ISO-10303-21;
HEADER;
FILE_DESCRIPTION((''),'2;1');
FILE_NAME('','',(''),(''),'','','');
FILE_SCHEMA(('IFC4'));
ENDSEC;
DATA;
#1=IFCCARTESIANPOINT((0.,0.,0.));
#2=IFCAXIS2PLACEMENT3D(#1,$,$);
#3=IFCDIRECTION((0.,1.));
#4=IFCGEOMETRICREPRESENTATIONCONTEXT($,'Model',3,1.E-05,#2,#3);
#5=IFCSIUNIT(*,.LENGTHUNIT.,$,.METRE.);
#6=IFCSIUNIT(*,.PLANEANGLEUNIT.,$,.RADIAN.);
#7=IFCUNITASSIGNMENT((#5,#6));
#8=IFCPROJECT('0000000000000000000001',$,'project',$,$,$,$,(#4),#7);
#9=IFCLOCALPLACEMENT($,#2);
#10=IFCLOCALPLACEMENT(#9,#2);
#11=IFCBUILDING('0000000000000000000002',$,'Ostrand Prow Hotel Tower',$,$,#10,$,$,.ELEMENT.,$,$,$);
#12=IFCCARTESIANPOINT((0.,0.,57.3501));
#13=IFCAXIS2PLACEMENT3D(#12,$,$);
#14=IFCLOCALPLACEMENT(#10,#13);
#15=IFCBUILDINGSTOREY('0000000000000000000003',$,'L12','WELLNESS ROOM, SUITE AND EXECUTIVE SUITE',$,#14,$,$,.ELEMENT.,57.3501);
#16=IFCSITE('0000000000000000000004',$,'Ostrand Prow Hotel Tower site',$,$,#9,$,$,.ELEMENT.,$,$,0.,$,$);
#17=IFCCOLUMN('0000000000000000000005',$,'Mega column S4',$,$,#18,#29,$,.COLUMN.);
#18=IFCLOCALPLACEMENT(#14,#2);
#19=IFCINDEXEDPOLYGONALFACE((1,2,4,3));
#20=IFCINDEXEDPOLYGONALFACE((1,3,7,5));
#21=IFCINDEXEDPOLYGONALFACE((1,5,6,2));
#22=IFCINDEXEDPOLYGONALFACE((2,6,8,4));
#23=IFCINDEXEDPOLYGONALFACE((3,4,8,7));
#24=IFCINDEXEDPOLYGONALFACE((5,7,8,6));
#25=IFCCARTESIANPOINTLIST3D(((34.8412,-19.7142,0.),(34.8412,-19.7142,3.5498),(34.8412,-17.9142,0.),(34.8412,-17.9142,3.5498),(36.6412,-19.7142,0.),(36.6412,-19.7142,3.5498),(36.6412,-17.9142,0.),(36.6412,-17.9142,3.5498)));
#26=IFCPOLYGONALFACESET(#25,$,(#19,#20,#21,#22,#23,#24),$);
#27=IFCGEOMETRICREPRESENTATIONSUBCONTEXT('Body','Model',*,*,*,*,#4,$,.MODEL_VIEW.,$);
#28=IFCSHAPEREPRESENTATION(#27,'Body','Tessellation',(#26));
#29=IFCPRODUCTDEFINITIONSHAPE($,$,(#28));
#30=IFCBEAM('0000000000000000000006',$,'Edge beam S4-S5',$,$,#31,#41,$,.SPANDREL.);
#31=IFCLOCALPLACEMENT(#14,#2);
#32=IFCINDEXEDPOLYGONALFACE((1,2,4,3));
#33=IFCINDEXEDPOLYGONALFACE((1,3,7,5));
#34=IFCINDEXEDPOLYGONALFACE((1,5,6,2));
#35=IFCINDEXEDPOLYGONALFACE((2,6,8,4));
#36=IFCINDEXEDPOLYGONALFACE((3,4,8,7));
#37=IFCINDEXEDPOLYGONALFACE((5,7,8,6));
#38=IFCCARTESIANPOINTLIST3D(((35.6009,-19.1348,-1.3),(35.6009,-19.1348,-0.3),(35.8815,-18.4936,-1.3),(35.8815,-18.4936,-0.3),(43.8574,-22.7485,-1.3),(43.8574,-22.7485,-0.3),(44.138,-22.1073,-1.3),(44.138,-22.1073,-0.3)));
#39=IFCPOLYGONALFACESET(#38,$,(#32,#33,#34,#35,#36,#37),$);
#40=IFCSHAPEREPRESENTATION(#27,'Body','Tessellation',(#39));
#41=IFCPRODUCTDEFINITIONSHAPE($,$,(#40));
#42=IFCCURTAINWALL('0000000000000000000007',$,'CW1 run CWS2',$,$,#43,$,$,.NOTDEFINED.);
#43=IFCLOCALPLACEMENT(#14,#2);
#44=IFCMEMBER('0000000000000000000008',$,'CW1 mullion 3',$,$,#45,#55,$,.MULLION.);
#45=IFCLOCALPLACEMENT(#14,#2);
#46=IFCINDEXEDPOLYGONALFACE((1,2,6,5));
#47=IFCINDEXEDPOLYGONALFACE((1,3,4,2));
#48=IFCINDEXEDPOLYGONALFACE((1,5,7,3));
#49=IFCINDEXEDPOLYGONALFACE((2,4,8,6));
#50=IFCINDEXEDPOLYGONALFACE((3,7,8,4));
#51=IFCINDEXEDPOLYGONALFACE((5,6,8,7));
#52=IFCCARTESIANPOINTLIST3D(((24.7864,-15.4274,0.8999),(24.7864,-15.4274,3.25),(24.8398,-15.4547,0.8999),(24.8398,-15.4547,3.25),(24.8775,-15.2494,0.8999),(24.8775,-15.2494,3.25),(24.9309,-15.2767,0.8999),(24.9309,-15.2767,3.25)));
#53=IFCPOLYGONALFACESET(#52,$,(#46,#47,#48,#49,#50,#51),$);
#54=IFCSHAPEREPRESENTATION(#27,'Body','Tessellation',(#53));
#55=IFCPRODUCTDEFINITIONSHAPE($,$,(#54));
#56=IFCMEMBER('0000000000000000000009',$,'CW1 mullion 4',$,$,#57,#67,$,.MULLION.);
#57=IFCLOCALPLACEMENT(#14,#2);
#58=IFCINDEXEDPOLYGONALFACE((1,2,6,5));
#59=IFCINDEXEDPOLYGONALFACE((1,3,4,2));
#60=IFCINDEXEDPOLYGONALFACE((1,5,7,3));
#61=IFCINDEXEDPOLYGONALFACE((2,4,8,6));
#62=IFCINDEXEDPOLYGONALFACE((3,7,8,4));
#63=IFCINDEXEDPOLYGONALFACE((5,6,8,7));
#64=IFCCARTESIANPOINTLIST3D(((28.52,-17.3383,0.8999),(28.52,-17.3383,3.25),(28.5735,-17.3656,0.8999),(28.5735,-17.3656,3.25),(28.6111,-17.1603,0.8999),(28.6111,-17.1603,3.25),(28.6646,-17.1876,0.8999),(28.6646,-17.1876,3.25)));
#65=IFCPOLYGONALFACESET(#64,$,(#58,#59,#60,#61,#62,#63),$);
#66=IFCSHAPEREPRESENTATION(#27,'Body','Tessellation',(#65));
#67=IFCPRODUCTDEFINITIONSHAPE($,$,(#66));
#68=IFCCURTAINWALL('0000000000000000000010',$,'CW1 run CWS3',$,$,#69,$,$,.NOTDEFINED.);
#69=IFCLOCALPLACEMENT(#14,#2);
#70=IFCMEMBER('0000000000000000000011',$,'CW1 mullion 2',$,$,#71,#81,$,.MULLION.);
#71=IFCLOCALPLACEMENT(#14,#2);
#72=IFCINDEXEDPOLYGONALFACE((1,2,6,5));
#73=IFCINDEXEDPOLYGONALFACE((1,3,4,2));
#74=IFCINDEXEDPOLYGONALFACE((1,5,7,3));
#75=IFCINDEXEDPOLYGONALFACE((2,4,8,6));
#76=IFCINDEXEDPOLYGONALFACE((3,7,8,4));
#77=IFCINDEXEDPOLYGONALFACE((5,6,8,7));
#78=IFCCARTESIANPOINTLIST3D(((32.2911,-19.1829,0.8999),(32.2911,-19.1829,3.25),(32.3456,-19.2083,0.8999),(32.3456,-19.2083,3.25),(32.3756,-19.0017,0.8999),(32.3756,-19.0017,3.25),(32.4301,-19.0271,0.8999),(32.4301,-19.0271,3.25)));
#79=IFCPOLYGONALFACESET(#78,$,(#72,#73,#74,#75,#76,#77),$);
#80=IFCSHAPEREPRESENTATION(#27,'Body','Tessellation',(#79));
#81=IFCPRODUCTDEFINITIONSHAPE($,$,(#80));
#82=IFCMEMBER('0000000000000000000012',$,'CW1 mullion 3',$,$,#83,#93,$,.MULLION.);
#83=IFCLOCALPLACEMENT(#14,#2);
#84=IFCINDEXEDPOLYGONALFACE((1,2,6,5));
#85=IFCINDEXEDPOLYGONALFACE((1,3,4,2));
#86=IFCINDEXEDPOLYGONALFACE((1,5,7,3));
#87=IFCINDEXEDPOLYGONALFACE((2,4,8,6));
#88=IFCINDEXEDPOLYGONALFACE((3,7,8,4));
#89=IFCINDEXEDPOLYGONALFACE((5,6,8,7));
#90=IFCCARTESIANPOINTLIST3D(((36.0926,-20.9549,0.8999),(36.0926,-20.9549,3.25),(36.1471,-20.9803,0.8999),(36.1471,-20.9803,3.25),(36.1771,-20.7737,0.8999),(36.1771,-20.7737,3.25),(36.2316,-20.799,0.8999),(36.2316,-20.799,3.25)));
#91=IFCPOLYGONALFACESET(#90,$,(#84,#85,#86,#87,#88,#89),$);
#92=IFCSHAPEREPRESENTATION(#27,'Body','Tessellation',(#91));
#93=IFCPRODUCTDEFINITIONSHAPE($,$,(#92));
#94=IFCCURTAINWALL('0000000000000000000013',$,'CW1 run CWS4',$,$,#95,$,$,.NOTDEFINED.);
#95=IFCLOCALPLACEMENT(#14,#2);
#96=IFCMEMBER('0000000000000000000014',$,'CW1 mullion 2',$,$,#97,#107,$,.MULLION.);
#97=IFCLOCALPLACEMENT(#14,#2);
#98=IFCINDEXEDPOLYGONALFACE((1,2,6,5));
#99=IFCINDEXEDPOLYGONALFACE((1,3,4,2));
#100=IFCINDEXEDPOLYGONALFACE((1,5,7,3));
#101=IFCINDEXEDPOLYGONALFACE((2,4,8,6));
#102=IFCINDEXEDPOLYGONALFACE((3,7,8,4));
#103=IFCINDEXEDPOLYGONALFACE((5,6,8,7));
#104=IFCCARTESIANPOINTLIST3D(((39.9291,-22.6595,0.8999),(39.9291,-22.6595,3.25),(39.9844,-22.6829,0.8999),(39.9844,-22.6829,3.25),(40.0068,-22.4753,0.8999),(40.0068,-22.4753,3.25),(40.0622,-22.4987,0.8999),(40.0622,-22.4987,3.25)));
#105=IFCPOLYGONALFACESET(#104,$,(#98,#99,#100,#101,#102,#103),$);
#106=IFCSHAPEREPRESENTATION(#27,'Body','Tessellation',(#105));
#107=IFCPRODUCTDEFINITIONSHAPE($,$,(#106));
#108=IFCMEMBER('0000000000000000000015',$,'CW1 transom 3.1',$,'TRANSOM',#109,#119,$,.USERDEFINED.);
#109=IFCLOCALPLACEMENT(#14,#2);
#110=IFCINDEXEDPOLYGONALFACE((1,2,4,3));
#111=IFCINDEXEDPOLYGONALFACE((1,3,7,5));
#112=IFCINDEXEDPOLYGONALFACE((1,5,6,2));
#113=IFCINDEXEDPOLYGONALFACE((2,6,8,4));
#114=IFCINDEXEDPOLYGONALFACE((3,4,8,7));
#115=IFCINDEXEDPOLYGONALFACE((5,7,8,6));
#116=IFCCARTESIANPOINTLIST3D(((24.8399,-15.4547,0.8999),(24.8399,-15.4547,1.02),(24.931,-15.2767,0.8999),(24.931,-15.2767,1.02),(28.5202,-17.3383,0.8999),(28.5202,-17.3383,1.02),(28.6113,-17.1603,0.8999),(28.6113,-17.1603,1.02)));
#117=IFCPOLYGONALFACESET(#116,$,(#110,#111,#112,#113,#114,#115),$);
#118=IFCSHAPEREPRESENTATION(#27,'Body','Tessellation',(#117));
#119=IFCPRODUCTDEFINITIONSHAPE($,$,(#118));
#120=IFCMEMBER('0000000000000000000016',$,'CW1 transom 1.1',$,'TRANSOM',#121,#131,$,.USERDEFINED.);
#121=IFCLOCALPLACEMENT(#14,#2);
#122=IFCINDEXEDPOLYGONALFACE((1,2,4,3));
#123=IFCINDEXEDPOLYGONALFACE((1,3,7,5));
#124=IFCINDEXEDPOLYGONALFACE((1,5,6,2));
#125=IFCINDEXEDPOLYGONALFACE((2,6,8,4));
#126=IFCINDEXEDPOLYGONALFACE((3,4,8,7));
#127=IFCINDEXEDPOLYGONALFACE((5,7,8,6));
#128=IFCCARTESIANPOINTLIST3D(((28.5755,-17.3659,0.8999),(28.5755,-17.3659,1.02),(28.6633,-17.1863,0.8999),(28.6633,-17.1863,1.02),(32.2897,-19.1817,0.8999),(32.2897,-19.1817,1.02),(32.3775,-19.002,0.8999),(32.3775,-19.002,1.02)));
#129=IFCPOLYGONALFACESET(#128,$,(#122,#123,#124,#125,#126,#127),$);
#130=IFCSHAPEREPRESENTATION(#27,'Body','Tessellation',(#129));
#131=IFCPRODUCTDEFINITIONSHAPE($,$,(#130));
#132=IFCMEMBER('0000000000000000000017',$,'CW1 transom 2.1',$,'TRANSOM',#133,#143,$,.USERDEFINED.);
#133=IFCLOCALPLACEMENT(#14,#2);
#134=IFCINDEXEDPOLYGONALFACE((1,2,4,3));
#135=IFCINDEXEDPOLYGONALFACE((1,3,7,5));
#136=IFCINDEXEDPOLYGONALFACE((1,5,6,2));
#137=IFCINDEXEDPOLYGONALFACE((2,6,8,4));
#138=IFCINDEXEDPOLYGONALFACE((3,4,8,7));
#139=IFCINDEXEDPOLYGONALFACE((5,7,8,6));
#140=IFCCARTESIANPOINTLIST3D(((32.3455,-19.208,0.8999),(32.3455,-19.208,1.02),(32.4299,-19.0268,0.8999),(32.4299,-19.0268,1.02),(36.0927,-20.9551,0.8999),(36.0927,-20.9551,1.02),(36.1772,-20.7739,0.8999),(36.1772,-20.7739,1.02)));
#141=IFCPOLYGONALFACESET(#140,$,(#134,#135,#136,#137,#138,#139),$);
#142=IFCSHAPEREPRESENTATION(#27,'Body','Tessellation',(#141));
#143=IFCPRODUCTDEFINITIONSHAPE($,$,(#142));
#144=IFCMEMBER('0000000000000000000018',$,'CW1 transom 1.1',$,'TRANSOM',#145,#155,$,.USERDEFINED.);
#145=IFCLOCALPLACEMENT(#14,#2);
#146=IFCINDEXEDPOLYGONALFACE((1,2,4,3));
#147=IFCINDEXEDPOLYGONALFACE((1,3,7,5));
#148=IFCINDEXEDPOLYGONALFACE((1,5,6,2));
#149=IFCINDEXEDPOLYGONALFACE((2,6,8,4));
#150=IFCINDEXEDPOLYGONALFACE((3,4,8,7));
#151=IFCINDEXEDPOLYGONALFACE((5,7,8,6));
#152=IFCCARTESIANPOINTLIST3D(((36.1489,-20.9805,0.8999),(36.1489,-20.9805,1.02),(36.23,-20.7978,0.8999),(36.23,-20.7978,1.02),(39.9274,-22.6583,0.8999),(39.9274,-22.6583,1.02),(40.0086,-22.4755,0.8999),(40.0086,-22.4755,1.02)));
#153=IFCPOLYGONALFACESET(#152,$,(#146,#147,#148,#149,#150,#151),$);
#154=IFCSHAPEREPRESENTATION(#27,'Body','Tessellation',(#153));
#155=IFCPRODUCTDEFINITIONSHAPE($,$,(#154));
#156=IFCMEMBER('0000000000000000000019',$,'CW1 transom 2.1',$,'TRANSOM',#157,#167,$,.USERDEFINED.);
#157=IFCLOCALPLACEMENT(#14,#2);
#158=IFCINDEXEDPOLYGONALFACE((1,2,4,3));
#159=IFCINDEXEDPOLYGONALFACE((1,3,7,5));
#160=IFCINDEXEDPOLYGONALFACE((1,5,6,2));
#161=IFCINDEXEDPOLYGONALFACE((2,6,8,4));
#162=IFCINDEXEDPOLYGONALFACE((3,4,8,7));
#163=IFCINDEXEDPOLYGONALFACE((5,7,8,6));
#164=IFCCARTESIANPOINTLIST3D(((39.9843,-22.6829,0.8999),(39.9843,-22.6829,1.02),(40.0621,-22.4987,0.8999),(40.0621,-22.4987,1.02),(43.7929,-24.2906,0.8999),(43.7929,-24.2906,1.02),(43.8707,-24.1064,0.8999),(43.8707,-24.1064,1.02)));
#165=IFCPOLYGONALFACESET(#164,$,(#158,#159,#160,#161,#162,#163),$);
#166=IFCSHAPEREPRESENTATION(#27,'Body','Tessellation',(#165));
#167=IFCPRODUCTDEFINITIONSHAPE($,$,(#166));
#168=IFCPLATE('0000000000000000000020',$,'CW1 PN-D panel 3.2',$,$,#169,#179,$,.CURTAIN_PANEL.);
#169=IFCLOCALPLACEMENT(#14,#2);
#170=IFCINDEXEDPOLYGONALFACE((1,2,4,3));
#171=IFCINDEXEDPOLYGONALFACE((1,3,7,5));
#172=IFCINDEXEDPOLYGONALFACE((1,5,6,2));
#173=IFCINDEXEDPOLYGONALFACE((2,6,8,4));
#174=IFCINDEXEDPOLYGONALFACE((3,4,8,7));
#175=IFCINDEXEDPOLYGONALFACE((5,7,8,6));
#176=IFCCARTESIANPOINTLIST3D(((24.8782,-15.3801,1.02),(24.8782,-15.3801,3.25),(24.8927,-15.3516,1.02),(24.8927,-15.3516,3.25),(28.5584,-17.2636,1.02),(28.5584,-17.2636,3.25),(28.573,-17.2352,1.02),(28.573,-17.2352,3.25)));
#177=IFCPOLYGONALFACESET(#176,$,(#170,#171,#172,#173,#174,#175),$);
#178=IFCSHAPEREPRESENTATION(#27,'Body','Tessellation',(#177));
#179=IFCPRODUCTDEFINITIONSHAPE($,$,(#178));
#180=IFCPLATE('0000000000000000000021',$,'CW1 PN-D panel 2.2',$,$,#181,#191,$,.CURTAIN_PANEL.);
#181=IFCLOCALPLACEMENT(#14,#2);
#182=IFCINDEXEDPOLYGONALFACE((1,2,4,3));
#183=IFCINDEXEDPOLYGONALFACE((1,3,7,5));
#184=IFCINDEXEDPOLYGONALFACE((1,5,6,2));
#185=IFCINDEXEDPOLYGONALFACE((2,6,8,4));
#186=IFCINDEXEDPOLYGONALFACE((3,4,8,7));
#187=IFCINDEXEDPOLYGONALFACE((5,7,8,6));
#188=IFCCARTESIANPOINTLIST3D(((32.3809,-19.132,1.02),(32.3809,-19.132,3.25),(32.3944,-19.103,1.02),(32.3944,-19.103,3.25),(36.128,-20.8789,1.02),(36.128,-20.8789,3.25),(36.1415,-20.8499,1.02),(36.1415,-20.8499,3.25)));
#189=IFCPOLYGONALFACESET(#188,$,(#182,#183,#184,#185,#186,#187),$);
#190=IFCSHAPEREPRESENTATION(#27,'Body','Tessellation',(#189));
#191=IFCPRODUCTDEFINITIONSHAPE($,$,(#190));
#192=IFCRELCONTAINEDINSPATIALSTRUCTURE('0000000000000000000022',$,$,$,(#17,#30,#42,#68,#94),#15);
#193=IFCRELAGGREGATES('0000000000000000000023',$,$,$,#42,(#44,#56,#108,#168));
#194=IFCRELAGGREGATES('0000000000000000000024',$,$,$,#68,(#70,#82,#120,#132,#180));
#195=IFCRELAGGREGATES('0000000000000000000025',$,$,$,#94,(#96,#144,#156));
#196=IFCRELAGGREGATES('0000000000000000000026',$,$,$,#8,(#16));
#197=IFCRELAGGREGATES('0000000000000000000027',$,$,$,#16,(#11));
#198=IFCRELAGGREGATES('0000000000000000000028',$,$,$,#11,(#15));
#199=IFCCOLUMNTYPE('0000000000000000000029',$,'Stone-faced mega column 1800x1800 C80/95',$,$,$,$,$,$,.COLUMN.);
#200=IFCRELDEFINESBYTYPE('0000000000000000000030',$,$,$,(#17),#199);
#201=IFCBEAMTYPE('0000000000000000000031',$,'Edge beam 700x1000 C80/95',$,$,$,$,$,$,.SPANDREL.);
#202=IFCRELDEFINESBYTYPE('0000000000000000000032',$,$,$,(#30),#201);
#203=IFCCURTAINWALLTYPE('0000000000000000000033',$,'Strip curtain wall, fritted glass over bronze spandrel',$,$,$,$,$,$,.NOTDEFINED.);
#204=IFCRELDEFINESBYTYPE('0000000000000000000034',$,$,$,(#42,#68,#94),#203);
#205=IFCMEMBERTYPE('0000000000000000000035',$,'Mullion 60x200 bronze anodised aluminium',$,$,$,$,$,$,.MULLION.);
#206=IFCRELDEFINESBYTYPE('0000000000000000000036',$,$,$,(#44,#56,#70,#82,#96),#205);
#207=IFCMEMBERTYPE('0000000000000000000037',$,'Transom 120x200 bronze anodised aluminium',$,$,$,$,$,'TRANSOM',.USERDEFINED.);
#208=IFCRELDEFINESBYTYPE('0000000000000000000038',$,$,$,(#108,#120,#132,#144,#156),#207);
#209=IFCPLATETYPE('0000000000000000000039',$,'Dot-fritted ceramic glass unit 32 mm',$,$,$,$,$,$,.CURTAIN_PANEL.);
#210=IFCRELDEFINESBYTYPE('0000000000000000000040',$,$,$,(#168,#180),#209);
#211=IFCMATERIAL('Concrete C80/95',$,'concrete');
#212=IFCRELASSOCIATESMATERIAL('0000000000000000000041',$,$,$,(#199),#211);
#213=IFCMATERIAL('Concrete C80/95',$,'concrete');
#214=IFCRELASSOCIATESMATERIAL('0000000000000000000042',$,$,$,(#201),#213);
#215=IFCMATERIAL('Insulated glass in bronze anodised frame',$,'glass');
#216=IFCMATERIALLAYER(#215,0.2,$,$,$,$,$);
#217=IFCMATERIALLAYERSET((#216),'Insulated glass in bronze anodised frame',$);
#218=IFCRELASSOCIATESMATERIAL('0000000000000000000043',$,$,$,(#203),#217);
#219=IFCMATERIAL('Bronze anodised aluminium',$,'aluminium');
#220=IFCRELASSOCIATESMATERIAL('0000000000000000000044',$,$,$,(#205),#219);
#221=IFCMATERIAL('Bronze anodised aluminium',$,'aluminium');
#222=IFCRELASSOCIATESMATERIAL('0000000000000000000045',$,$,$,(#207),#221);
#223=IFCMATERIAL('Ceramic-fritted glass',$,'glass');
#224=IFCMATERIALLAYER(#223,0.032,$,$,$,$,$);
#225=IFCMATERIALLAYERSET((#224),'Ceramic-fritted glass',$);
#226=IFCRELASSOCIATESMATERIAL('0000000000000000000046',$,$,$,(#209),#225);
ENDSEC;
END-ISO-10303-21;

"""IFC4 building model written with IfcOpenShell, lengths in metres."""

from ifc_helpers import new_model, si_unit, direction, frame, origin, origin_2d, place, context, subcontext, project, spatial, rectangle, extrude, material, layer, layer_set, material_profile, profile_set, type_object, element, aggregate, save


model = new_model("IFC4")

# Units and contexts
model_context = context("Model", 3, precision=1e-05, world=origin(), true_north=direction((0.0, 1.0)))
body_context = subcontext(model_context, "Body", "Model", "MODEL_VIEW")
ifc_project = project(units=[si_unit("LENGTHUNIT", "METRE"), si_unit("PLANEANGLEUNIT", "RADIAN")], contexts=[model_context])

# Site, building, storey
site_placement = place(None, origin())
site = spatial("IfcSite", under=ifc_project, at=site_placement, Name="Ostrand Prow Hotel Tower site", CompositionType="ELEMENT", RefElevation=0.0)
building_placement = place(site_placement, origin())
building = spatial("IfcBuilding", under=site, at=building_placement, Name="Ostrand Prow Hotel Tower", CompositionType="ELEMENT")
storey_placement = place(building_placement, frame((0.0, 0.0, 57.3501)))
storey = spatial("IfcBuildingStorey", under=building, at=storey_placement, Name="L12", Description="WELLNESS ROOM, SUITE AND EXECUTIVE SUITE", CompositionType="ELEMENT", Elevation=57.3501)

# Column
ifc_material_1 = material(Name="Concrete C80/95", Category="concrete")
ifc_material_profile_1 = material_profile(ifc_material_1, rectangle(XDim=1.8, YDim=1.8, at=origin_2d()), Name="RC 1800x1800")
ifc_profile_set_1 = profile_set([ifc_material_profile_1], Name="Concrete C80/95")
column_type = type_object("IfcColumnType", Name="Stone-faced mega column 1800x1800 C80/95", PredefinedType="COLUMN", material=ifc_profile_set_1)
column_placement = place(storey_placement, frame((35.7412, -18.8142, 0.0), z_axis=(0.0, 0.0, 1.0), x_axis=(1.0, 0.0, 0.0)))
element("IfcColumn", 1, at=column_placement, inside=storey, type_object=column_type, Name="Mega column S4", PredefinedType="COLUMN", context=body_context, shape_type="SweptSolid", body=[
    extrude(rectangle(XDim=1.8, YDim=1.8, at=origin_2d()), origin(), (0.0, 0.0, 1.0), 3.5498),
])

# Beam
ifc_material_2 = material(Name="Concrete C80/95", Category="concrete")
ifc_material_profile_2 = material_profile(ifc_material_2, rectangle(XDim=0.7, YDim=1.0, at=origin_2d()), Name="RC 700x1000")
ifc_profile_set_2 = profile_set([ifc_material_profile_2], Name="Concrete C80/95")
beam_type = type_object("IfcBeamType", Name="Edge beam 700x1000 C80/95", PredefinedType="SPANDREL", material=ifc_profile_set_2)
beam_placement = place(storey_placement, frame((35.7412, -18.8142, -0.8), z_axis=(0.916096, -0.40096, 0.0), x_axis=(0.40096, 0.916096, 0.0)))
element("IfcBeam", 2, at=beam_placement, inside=storey, type_object=beam_type, Name="Edge beam S4-S5", PredefinedType="SPANDREL", context=body_context, shape_type="SweptSolid", body=[
    extrude(rectangle(XDim=0.7, YDim=1.0, at=origin_2d()), origin(), (0.0, 0.0, 1.0), 9.0127),
])

# Curtain walls, members
ifc_material_3 = material(Name="Insulated glass in bronze anodised frame", Category="glass")
ifc_layer_1 = layer(ifc_material_3, 0.2)
ifc_layer_set_1 = layer_set([ifc_layer_1], Name="Insulated glass in bronze anodised frame")
curtain_wall_type = type_object("IfcCurtainWallType", Name="Strip curtain wall, fritted glass over bronze spandrel", PredefinedType="NOTDEFINED", material=ifc_layer_set_1)
curtain_wall_1_placement = place(storey_placement, origin())
curtain_wall_1 = element("IfcCurtainWall", 3, at=curtain_wall_1_placement, inside=storey, type_object=curtain_wall_type, Name="CW1 run CWS2", PredefinedType="NOTDEFINED")
ifc_material_4 = material(Name="Bronze anodised aluminium", Category="aluminium")
ifc_material_profile_3 = material_profile(ifc_material_4, rectangle(XDim=0.2, YDim=0.0601, at=origin_2d()), Name="Mullion 60x200 bronze anodised aluminium")
ifc_profile_set_3 = profile_set([ifc_material_profile_3], Name="Bronze anodised aluminium")
member_type_1 = type_object("IfcMemberType", Name="Mullion 60x200 bronze anodised aluminium", PredefinedType="MULLION", material=ifc_profile_set_3)
member_1_placement = place(storey_placement, frame((24.8586, -15.3521, 0.8999), z_axis=(0.0, 0.0, 1.0), x_axis=(0.455596, 0.890187, 0.0)))
member_1 = element("IfcMember", 4, at=member_1_placement, type_object=member_type_1, Name="CW1 mullion 3", PredefinedType="MULLION", context=body_context, shape_type="SweptSolid", body=[
    extrude(rectangle(XDim=0.2, YDim=0.0601, at=origin_2d()), origin(), (0.0, 0.0, 1.0), 2.3501),
])
member_2_placement = place(storey_placement, frame((28.5923, -17.2629, 0.8999), z_axis=(0.0, 0.0, 1.0), x_axis=(0.455596, 0.890187, 0.0)))
member_2 = element("IfcMember", 5, at=member_2_placement, type_object=member_type_1, Name="CW1 mullion 4", PredefinedType="MULLION", context=body_context, shape_type="SweptSolid", body=[
    extrude(rectangle(XDim=0.2, YDim=0.0601, at=origin_2d()), origin(), (0.0, 0.0, 1.0), 2.3501),
])
curtain_wall_2_placement = place(storey_placement, origin())
curtain_wall_2 = element("IfcCurtainWall", 6, at=curtain_wall_2_placement, inside=storey, type_object=curtain_wall_type, Name="CW1 run CWS3", PredefinedType="NOTDEFINED")
member_3_placement = place(storey_placement, frame((32.3606, -19.105, 0.8999), z_axis=(0.0, 0.0, 1.0), x_axis=(0.42253, 0.906349, 0.0)))
member_3 = element("IfcMember", 7, at=member_3_placement, type_object=member_type_1, Name="CW1 mullion 2", PredefinedType="MULLION", context=body_context, shape_type="SweptSolid", body=[
    extrude(rectangle(XDim=0.2, YDim=0.0601, at=origin_2d()), origin(), (0.0, 0.0, 1.0), 2.3501),
])
member_4_placement = place(storey_placement, frame((36.1621, -20.877, 0.8999), z_axis=(0.0, 0.0, 1.0), x_axis=(0.42253, 0.906349, 0.0)))
member_4 = element("IfcMember", 8, at=member_4_placement, type_object=member_type_1, Name="CW1 mullion 3", PredefinedType="MULLION", context=body_context, shape_type="SweptSolid", body=[
    extrude(rectangle(XDim=0.2, YDim=0.0601, at=origin_2d()), origin(), (0.0, 0.0, 1.0), 2.3501),
])

# Curtain wall, member
curtain_wall_3_placement = place(storey_placement, origin())
curtain_wall_3 = element("IfcCurtainWall", 9, at=curtain_wall_3_placement, inside=storey, type_object=curtain_wall_type, Name="CW1 run CWS4", PredefinedType="NOTDEFINED")
member_5_placement = place(storey_placement, frame((39.9956, -22.5791, 0.8999), z_axis=(0.0, 0.0, 1.0), x_axis=(0.388892, 0.921283, 0.0)))
member_5 = element("IfcMember", 10, at=member_5_placement, type_object=member_type_1, Name="CW1 mullion 2", PredefinedType="MULLION", context=body_context, shape_type="SweptSolid", body=[
    extrude(rectangle(XDim=0.2, YDim=0.0601, at=origin_2d()), origin(), (0.0, 0.0, 1.0), 2.3501),
])

# Members
ifc_material_5 = material(Name="Bronze anodised aluminium", Category="aluminium")
ifc_material_profile_4 = material_profile(ifc_material_5, rectangle(XDim=0.2, YDim=0.1201, at=origin_2d()), Name="Transom 120x200 bronze anodised aluminium")
ifc_profile_set_4 = profile_set([ifc_material_profile_4], Name="Bronze anodised aluminium")
member_type_2 = type_object("IfcMemberType", Name="Transom 120x200 bronze anodised aluminium", ElementType="TRANSOM", PredefinedType="USERDEFINED", material=ifc_profile_set_4)
member_6_placement = place(storey_placement, frame((24.8855, -15.3657, 0.96), z_axis=(0.890183, -0.455603, 0.0), x_axis=(0.455603, 0.890183, 0.0)))
member_6 = element("IfcMember", 11, at=member_6_placement, type_object=member_type_2, Name="CW1 transom 3.1", ObjectType="TRANSOM", PredefinedType="USERDEFINED", context=body_context, shape_type="SweptSolid", body=[
    extrude(rectangle(XDim=0.2, YDim=0.1201, at=origin_2d()), origin(), (0.0, 0.0, 1.0), 4.1343),
])
member_7_placement = place(storey_placement, frame((28.6194, -17.2761, 0.96), z_axis=(0.898395, -0.439188, 0.0), x_axis=(0.439188, 0.898395, 0.0)))
member_7 = element("IfcMember", 12, at=member_7_placement, type_object=member_type_2, Name="CW1 transom 1.1", ObjectType="TRANSOM", PredefinedType="USERDEFINED", context=body_context, shape_type="SweptSolid", body=[
    extrude(rectangle(XDim=0.2, YDim=0.1201, at=origin_2d()), origin(), (0.0, 0.0, 1.0), 4.1343),
])
member_8_placement = place(storey_placement, frame((32.3877, -19.1174, 0.96), z_axis=(0.906338, -0.422552, 0.0), x_axis=(0.422552, 0.906338, 0.0)))
member_8 = element("IfcMember", 13, at=member_8_placement, type_object=member_type_2, Name="CW1 transom 2.1", ObjectType="TRANSOM", PredefinedType="USERDEFINED", context=body_context, shape_type="SweptSolid", body=[
    extrude(rectangle(XDim=0.2, YDim=0.1201, at=origin_2d()), origin(), (0.0, 0.0, 1.0), 4.1345),
])
member_9_placement = place(storey_placement, frame((36.1895, -20.8892, 0.96), z_axis=(0.913958, -0.40581, 0.0), x_axis=(0.40581, 0.913958, 0.0)))
member_9 = element("IfcMember", 14, at=member_9_placement, type_object=member_type_2, Name="CW1 transom 1.1", ObjectType="TRANSOM", PredefinedType="USERDEFINED", context=body_context, shape_type="SweptSolid", body=[
    extrude(rectangle(XDim=0.2, YDim=0.1201, at=origin_2d()), origin(), (0.0, 0.0, 1.0), 4.1343),
])
member_10_placement = place(storey_placement, frame((40.0232, -22.5908, 0.96), z_axis=(0.921285, -0.388888, 0.0), x_axis=(0.388888, 0.921285, 0.0)))
member_10 = element("IfcMember", 15, at=member_10_placement, type_object=member_type_2, Name="CW1 transom 2.1", ObjectType="TRANSOM", PredefinedType="USERDEFINED", context=body_context, shape_type="SweptSolid", body=[
    extrude(rectangle(XDim=0.2, YDim=0.1201, at=origin_2d()), origin(), (0.0, 0.0, 1.0), 4.134),
])

# Plates
ifc_material_6 = material(Name="Ceramic-fritted glass", Category="glass")
ifc_layer_2 = layer(ifc_material_6, 0.032)
ifc_layer_set_2 = layer_set([ifc_layer_2], Name="Ceramic-fritted glass")
plate_type_1 = type_object("IfcPlateType", Name="Dot-fritted ceramic glass unit 32 mm", PredefinedType="CURTAIN_PANEL", material=ifc_layer_set_2)
plate_1_placement = place(storey_placement, frame((26.7256, -16.3076, 1.02), z_axis=(0.0, 0.0, 1.0), x_axis=(0.890187, -0.455596, 0.0)))
plate_1 = element("IfcPlate", 16, at=plate_1_placement, type_object=plate_type_1, Name="CW1 PN-D panel 3.2", PredefinedType="CURTAIN_PANEL", context=body_context, shape_type="SweptSolid", body=[
    extrude(rectangle(XDim=4.1343, YDim=0.032, at=origin_2d()), origin(), (0.0, 0.0, 1.0), 2.23),
])
aggregate(curtain_wall_1, [member_1, member_2, member_6, plate_1])
plate_2_placement = place(storey_placement, frame((34.2612, -19.991, 1.02), z_axis=(0.0, 0.0, 1.0), x_axis=(0.906349, -0.42253, 0.0)))
plate_2 = element("IfcPlate", 17, at=plate_2_placement, type_object=plate_type_1, Name="CW1 PN-D panel 2.2", PredefinedType="CURTAIN_PANEL", context=body_context, shape_type="SweptSolid", body=[
    extrude(rectangle(XDim=4.1343, YDim=0.032, at=origin_2d()), origin(), (0.0, 0.0, 1.0), 2.23),
])
aggregate(curtain_wall_2, [member_3, member_4, member_7, member_8, plate_2])
aggregate(curtain_wall_3, [member_5, member_9, member_10])

save(model, "model.ifc")
